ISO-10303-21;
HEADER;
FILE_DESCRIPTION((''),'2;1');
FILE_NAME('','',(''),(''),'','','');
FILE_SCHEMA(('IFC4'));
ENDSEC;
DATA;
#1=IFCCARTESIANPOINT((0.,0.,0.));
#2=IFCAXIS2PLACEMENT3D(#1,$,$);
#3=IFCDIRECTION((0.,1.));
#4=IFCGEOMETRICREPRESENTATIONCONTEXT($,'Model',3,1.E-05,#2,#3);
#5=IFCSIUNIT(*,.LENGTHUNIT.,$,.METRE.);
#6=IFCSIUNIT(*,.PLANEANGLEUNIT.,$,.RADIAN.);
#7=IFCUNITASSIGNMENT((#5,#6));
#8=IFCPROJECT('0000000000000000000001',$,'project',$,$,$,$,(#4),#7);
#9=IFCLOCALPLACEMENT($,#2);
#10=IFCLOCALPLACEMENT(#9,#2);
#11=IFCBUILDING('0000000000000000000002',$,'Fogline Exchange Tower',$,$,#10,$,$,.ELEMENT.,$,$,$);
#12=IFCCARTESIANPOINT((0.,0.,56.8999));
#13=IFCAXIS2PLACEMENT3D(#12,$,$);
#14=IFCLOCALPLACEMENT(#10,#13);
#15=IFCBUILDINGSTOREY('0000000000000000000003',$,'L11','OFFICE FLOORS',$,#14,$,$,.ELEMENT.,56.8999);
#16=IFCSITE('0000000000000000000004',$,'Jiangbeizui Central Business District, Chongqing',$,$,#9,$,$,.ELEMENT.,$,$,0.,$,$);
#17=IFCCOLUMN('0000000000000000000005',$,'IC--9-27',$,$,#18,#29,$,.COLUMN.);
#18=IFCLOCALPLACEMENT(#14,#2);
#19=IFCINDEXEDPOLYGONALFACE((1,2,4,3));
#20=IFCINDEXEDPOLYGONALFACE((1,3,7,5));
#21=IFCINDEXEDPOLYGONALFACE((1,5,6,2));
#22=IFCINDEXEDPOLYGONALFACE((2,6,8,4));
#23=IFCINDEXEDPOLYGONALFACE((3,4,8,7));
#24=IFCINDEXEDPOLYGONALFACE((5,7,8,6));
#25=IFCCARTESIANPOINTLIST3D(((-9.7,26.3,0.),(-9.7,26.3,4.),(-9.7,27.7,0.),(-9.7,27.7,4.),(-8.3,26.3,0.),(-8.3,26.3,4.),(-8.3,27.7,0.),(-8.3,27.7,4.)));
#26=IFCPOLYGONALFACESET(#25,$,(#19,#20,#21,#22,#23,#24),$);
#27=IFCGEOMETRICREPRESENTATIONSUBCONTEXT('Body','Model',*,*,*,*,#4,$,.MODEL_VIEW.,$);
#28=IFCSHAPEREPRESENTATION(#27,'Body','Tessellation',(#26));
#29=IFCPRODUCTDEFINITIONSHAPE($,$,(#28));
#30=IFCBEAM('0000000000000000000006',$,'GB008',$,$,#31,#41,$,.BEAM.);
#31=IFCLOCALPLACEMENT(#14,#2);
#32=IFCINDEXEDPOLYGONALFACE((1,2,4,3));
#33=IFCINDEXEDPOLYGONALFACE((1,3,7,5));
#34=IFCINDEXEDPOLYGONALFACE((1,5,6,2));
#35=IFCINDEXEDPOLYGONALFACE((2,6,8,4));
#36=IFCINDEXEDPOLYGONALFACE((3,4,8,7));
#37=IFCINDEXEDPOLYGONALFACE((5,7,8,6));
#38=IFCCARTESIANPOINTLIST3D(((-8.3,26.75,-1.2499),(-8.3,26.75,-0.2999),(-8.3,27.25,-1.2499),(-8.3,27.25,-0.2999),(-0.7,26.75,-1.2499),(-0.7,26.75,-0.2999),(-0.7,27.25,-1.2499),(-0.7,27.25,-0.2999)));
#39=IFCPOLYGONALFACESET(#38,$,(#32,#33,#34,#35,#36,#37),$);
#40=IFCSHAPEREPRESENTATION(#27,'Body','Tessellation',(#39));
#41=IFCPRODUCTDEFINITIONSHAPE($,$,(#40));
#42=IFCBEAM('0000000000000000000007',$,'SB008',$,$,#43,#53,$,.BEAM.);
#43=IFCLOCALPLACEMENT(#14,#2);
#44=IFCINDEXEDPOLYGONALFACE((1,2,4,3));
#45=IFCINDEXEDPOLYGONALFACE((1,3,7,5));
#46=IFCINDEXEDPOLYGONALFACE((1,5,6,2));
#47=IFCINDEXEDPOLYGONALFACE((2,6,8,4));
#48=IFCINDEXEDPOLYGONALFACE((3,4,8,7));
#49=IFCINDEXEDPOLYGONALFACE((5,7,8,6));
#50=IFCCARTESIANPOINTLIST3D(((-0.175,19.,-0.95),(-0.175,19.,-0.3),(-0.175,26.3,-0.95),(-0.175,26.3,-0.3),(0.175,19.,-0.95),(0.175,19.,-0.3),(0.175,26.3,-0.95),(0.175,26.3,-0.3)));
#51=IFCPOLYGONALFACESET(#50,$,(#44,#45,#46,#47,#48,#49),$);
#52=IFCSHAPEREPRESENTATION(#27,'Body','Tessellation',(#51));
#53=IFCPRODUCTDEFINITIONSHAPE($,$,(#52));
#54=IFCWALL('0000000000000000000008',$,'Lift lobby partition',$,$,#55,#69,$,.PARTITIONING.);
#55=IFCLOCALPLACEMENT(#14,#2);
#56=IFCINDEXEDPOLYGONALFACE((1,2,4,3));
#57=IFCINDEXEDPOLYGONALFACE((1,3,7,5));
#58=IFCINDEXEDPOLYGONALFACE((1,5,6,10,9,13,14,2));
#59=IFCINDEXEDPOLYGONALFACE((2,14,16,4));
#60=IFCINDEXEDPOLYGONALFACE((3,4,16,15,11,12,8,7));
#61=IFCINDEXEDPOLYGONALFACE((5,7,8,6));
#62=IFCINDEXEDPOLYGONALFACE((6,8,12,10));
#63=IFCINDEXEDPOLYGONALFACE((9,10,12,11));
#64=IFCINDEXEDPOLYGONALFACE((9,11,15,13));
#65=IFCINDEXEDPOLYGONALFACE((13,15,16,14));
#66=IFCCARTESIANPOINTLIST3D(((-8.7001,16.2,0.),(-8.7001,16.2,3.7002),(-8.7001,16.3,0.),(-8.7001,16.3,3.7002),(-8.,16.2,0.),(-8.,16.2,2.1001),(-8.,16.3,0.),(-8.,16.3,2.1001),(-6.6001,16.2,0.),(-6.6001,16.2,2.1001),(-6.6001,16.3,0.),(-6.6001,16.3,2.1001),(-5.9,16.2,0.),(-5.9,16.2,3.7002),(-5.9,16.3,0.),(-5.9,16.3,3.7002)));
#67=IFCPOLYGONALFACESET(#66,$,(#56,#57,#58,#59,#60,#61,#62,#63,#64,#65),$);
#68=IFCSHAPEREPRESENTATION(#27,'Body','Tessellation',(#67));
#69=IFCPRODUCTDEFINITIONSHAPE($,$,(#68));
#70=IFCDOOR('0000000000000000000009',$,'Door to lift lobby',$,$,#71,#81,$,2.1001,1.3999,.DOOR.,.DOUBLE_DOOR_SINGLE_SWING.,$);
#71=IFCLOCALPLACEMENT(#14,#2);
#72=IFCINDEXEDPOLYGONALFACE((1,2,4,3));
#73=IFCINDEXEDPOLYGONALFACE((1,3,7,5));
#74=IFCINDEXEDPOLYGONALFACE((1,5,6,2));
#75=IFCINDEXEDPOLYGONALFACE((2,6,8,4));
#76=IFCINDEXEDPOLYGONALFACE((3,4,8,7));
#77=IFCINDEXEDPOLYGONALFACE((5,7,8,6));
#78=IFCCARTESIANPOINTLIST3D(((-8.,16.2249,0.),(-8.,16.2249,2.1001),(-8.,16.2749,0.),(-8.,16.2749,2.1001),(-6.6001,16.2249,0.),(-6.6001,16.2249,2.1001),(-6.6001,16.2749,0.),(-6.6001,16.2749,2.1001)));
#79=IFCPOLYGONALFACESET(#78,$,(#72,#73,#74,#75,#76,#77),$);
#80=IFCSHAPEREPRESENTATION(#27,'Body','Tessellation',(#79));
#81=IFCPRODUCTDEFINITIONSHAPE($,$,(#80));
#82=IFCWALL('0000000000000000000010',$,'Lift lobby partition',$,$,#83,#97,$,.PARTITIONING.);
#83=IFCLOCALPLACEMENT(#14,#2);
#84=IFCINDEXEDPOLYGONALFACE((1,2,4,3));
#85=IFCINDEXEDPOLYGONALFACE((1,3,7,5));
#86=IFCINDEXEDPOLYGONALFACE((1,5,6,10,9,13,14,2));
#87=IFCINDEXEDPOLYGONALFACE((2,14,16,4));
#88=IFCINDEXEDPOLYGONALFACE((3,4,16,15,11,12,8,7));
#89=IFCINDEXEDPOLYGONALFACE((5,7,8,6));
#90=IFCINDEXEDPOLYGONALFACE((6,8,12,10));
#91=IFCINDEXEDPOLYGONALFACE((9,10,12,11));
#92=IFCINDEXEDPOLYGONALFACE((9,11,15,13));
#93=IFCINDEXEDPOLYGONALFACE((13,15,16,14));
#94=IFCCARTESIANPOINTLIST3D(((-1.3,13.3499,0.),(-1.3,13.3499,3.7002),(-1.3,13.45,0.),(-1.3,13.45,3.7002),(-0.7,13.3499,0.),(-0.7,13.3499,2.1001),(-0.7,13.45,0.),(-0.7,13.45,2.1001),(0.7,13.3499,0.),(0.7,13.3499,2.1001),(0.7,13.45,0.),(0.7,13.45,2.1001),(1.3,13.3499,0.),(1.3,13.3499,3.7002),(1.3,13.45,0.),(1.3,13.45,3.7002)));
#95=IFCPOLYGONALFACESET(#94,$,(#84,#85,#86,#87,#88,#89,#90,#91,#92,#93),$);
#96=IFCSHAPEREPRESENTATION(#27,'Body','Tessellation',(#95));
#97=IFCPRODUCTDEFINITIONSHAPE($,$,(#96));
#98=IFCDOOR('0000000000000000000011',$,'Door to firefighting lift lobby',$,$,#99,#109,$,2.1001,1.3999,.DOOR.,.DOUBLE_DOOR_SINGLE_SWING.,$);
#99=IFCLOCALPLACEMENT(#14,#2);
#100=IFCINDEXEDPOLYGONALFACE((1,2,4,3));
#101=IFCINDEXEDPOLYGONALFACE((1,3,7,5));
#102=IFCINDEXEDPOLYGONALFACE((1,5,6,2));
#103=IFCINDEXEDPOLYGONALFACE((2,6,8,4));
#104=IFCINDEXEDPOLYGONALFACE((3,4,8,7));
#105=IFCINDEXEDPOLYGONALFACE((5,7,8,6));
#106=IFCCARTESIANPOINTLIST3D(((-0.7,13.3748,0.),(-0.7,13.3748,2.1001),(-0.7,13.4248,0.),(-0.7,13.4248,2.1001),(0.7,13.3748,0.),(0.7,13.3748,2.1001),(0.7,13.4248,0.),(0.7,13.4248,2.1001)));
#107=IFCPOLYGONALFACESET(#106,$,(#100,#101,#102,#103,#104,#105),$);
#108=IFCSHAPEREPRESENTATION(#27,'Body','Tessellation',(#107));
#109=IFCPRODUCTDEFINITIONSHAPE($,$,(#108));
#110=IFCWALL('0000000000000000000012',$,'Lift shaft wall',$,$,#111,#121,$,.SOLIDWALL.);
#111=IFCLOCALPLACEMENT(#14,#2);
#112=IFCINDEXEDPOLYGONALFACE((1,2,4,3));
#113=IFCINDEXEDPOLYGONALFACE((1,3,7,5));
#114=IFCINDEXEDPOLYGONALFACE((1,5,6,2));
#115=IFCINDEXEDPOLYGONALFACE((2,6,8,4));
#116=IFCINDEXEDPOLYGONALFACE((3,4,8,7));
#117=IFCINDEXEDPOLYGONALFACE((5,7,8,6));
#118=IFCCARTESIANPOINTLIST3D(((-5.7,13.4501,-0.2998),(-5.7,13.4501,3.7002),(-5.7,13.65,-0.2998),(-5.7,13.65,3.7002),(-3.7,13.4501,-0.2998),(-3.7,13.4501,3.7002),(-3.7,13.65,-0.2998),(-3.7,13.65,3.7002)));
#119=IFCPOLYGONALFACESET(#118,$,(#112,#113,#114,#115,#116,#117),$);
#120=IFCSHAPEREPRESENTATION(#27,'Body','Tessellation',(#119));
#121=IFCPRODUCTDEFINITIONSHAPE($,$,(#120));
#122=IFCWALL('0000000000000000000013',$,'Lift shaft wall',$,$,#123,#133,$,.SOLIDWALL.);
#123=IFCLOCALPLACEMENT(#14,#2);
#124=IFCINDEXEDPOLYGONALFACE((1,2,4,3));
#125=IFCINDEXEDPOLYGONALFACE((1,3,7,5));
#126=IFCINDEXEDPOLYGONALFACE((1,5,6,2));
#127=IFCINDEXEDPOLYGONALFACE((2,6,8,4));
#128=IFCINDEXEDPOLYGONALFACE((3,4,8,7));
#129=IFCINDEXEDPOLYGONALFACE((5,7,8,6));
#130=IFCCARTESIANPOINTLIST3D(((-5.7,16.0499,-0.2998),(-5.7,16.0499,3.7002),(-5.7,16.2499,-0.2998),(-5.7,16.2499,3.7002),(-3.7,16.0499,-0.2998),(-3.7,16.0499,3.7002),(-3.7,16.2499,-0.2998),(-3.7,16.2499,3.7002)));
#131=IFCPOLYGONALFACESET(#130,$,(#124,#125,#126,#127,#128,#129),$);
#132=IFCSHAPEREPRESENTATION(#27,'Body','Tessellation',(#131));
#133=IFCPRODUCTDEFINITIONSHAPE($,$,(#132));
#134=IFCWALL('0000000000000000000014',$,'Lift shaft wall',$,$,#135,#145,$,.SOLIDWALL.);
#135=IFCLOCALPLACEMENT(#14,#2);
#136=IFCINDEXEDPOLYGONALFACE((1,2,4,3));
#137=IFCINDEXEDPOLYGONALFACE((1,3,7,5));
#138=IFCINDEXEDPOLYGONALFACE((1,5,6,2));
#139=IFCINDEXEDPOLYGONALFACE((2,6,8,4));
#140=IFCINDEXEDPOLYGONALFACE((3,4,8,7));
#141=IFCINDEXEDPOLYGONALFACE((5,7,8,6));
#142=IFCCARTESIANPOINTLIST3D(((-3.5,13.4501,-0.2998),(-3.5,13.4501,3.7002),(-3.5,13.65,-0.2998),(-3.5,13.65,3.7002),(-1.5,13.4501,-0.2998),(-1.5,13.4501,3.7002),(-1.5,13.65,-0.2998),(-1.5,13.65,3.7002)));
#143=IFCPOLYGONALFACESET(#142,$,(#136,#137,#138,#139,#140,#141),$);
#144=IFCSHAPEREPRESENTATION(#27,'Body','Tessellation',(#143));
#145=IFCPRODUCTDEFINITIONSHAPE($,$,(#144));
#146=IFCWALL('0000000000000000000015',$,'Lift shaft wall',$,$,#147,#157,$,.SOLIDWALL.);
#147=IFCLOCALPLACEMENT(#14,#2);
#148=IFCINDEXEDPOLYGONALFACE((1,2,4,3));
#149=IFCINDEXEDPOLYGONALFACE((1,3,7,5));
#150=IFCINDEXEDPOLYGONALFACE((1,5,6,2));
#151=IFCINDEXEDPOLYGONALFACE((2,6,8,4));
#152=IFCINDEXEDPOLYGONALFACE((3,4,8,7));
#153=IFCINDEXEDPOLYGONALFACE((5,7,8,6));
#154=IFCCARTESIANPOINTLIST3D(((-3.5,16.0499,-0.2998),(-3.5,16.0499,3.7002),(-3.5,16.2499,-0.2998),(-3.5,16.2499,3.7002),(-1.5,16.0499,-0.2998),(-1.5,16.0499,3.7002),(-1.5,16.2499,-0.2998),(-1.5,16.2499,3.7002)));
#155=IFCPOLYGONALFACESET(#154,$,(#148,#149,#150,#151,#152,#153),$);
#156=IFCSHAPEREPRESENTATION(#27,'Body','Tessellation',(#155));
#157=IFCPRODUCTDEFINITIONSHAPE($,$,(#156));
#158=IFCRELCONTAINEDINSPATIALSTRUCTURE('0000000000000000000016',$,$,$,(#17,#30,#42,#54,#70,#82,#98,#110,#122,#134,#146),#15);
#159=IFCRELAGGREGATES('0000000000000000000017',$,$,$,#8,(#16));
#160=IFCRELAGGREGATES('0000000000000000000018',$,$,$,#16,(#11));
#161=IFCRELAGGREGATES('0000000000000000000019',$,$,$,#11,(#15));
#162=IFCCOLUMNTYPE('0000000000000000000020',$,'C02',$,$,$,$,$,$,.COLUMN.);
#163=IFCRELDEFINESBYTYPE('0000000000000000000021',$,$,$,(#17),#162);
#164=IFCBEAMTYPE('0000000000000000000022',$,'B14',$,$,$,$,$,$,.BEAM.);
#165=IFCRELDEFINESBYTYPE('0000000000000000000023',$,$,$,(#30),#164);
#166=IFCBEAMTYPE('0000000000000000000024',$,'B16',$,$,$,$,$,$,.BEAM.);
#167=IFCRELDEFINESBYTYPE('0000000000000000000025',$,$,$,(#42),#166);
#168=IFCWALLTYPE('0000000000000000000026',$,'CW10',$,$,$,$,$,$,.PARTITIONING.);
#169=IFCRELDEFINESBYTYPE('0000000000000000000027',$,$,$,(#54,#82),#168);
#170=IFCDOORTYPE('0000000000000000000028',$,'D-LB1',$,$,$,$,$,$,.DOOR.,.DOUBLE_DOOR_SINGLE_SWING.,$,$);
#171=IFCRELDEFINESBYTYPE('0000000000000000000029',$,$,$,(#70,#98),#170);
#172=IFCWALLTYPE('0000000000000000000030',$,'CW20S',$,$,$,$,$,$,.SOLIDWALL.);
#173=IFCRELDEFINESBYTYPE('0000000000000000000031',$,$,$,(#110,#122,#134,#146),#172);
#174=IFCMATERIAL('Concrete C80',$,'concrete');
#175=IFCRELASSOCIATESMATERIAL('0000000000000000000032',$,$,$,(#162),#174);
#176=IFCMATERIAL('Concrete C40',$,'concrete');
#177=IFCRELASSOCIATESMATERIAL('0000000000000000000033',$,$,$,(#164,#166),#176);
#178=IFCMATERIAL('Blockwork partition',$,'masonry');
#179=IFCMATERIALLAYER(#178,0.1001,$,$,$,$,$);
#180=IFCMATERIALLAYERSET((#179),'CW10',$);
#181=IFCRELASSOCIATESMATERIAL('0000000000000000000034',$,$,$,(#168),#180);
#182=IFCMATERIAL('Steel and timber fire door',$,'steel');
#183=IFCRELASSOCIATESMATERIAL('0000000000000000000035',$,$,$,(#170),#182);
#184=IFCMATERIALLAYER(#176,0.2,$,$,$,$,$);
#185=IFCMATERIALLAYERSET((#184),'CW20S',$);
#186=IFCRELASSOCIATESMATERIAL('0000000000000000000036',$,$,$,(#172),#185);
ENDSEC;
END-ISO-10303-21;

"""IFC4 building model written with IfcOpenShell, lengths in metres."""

from ifc_helpers import new_model, si_unit, direction, frame, frame_2d, origin, origin_2d, place, context, subcontext, project, spatial, rectangle, extrude, material, layer, layer_set, material_profile, profile_set, type_object, element, fill, save


model = new_model("IFC4")

# Units and contexts
model_context = context("Model", 3, precision=1e-05, world=origin(), true_north=direction((0.0, 1.0)))
body_context = subcontext(model_context, "Body", "Model", "MODEL_VIEW")
ifc_project = project(units=[si_unit("LENGTHUNIT", "METRE"), si_unit("PLANEANGLEUNIT", "RADIAN")], contexts=[model_context])

# Site, building, storey
site_placement = place(None, origin())
site = spatial("IfcSite", under=ifc_project, at=site_placement, Name="Jiangbeizui Central Business District, Chongqing", CompositionType="ELEMENT", RefElevation=0.0)
building_placement = place(site_placement, origin())
building = spatial("IfcBuilding", under=site, at=building_placement, Name="Fogline Exchange Tower", CompositionType="ELEMENT")
storey_placement = place(building_placement, frame((0.0, 0.0, 56.8999)))
storey = spatial("IfcBuildingStorey", under=building, at=storey_placement, Name="L11", Description="OFFICE FLOORS", CompositionType="ELEMENT", Elevation=56.8999)

# Column
ifc_material_1 = material(Name="Concrete C80", Category="concrete")
ifc_material_profile_1 = material_profile(ifc_material_1, rectangle(XDim=1.3999, YDim=1.3999, at=origin_2d()), Name="RC 1400x1400")
ifc_profile_set_1 = profile_set([ifc_material_profile_1], Name="Concrete C80")
column_type = type_object("IfcColumnType", Name="C02", PredefinedType="COLUMN", material=ifc_profile_set_1)
column_placement = place(storey_placement, frame((-9.0, 27.0, 0.0), z_axis=(0.0, 0.0, 1.0), x_axis=(1.0, 0.0, 0.0)))
element("IfcColumn", 1, at=column_placement, inside=storey, type_object=column_type, Name="IC--9-27", PredefinedType="COLUMN", context=body_context, shape_type="SweptSolid", body=[
    extrude(rectangle(XDim=1.3999, YDim=1.3999, at=origin_2d()), origin(), (0.0, 0.0, 1.0), 4.0),
])

# Beams
ifc_material_2 = material(Name="Concrete C40", Category="concrete")
ifc_material_profile_2 = material_profile(ifc_material_2, rectangle(XDim=0.5, YDim=0.95, at=origin_2d()), Name="RC 500x950")
ifc_profile_set_2 = profile_set([ifc_material_profile_2], Name="Concrete C40")
beam_type_1 = type_object("IfcBeamType", Name="B14", PredefinedType="BEAM", material=ifc_profile_set_2)
beam_1_placement = place(storey_placement, frame((-8.3, 27.0, -0.7749), z_axis=(1.0, 0.0, 0.0), x_axis=(0.0, 1.0, 0.0)))
element("IfcBeam", 2, at=beam_1_placement, inside=storey, type_object=beam_type_1, Name="GB008", PredefinedType="BEAM", context=body_context, shape_type="SweptSolid", body=[
    extrude(rectangle(XDim=0.5, YDim=0.95, at=origin_2d()), origin(), (0.0, 0.0, 1.0), 7.6001),
])
ifc_material_profile_3 = material_profile(ifc_material_2, rectangle(XDim=0.3501, YDim=0.6499, at=origin_2d()), Name="RC 350x650")
ifc_profile_set_3 = profile_set([ifc_material_profile_3], Name="Concrete C40")
beam_type_2 = type_object("IfcBeamType", Name="B16", PredefinedType="BEAM", material=ifc_profile_set_3)
beam_2_placement = place(storey_placement, frame((0.0, 19.0, -0.625), z_axis=(0.0, 1.0, 0.0), x_axis=(-1.0, 0.0, 0.0)))
element("IfcBeam", 3, at=beam_2_placement, inside=storey, type_object=beam_type_2, Name="SB008", PredefinedType="BEAM", context=body_context, shape_type="SweptSolid", body=[
    extrude(rectangle(XDim=0.3501, YDim=0.6499, at=origin_2d()), origin(), (0.0, 0.0, 1.0), 7.3),
])

# Walls, openings, doors
ifc_material_3 = material(Name="Blockwork partition", Category="masonry")
ifc_layer_1 = layer(ifc_material_3, 0.1001)
ifc_layer_set_1 = layer_set([ifc_layer_1], Name="CW10")
wall_type_1 = type_object("IfcWallType", Name="CW10", PredefinedType="PARTITIONING", material=ifc_layer_set_1)
wall_1_placement = place(storey_placement, frame((-8.7, 16.25, 0.0), z_axis=(0.0, 0.0, 1.0), x_axis=(1.0, 0.0, 0.0)))
wall_1 = element("IfcWall", 4, at=wall_1_placement, inside=storey, type_object=wall_type_1, Name="Lift lobby partition", PredefinedType="PARTITIONING", context=body_context, shape_type="SweptSolid", body=[
    extrude(rectangle(XDim=2.8, YDim=0.1001, at=frame_2d((1.3999, 0.0))), origin(), (0.0, 0.0, 1.0), 3.7002),
])
opening_1_placement = place(wall_1_placement, frame((0.7, 0.0, 0.0)))
opening_1 = element("IfcOpeningElement", 5, at=opening_1_placement, cuts=wall_1, PredefinedType="OPENING", context=body_context, shape_type="SweptSolid", body=[
    extrude(rectangle(XDim=1.3999, YDim=2.1001, at=frame_2d((0.7, 1.05))), frame((0.0, 0.0601, 0.0), z_axis=(0.0, -1.0, 0.0), x_axis=(1.0, 0.0, 0.0)), (0.0, 0.0, 1.0), 0.1201),
])
ifc_material_4 = material(Name="Steel and timber fire door", Category="steel")
door_type_1 = type_object("IfcDoorType", Name="D-LB1", OperationType="DOUBLE_DOOR_SINGLE_SWING", PredefinedType="DOOR", material=ifc_material_4)
door_1_placement = place(opening_1_placement, origin())
door_1 = element("IfcDoor", 6, at=door_1_placement, inside=storey, type_object=door_type_1, Name="Door to lift lobby", OperationType="DOUBLE_DOOR_SINGLE_SWING", OverallHeight=2.1001, OverallWidth=1.3999, PredefinedType="DOOR", context=body_context, shape_type="SweptSolid", body=[
    extrude(rectangle(XDim=1.3999, YDim=2.1001, at=frame_2d((0.7, 1.05))), frame((0.0, 0.0249, 0.0), z_axis=(0.0, -1.0, 0.0), x_axis=(1.0, 0.0, 0.0)), (0.0, 0.0, 1.0), 0.05),
])
fill(opening_1, door_1)
wall_2_placement = place(storey_placement, frame((-1.3, 13.3999, 0.0), z_axis=(0.0, 0.0, 1.0), x_axis=(1.0, 0.0, 0.0)))
wall_2 = element("IfcWall", 7, at=wall_2_placement, inside=storey, type_object=wall_type_1, Name="Lift lobby partition", PredefinedType="PARTITIONING", context=body_context, shape_type="SweptSolid", body=[
    extrude(rectangle(XDim=2.6001, YDim=0.1001, at=frame_2d((1.3, 0.0))), origin(), (0.0, 0.0, 1.0), 3.7002),
])
opening_2_placement = place(wall_2_placement, frame((0.6001, 0.0, 0.0)))
opening_2 = element("IfcOpeningElement", 8, at=opening_2_placement, cuts=wall_2, PredefinedType="OPENING", context=body_context, shape_type="SweptSolid", body=[
    extrude(rectangle(XDim=1.3999, YDim=2.1001, at=frame_2d((0.7, 1.05))), frame((0.0, 0.0601, 0.0), z_axis=(0.0, -1.0, 0.0), x_axis=(1.0, 0.0, 0.0)), (0.0, 0.0, 1.0), 0.1201),
])
door_2_placement = place(opening_2_placement, origin())
door_2 = element("IfcDoor", 9, at=door_2_placement, inside=storey, type_object=door_type_1, Name="Door to firefighting lift lobby", OperationType="DOUBLE_DOOR_SINGLE_SWING", OverallHeight=2.1001, OverallWidth=1.3999, PredefinedType="DOOR", context=body_context, shape_type="SweptSolid", body=[
    extrude(rectangle(XDim=1.3999, YDim=2.1001, at=frame_2d((0.7, 1.05))), frame((0.0, 0.0249, 0.0), z_axis=(0.0, -1.0, 0.0), x_axis=(1.0, 0.0, 0.0)), (0.0, 0.0, 1.0), 0.05),
])
fill(opening_2, door_2)

# Walls
ifc_layer_2 = layer(ifc_material_2, 0.2)
ifc_layer_set_2 = layer_set([ifc_layer_2], Name="CW20S")
wall_type_2 = type_object("IfcWallType", Name="CW20S", PredefinedType="SOLIDWALL", material=ifc_layer_set_2)
for number, where, z_axis, x_axis, name in (
    (10, (-5.7, 13.55, -0.2998), (0.0, 0.0, 1.0), (1.0, 0.0, 0.0), "Lift shaft wall"),
    (11, (-5.7, 16.1499, -0.2998), (0.0, 0.0, 1.0), (1.0, 0.0, 0.0), "Lift shaft wall"),
    (12, (-3.5, 13.55, -0.2998), (0.0, 0.0, 1.0), (1.0, 0.0, 0.0), "Lift shaft wall"),
    (13, (-3.5, 16.1499, -0.2998), (0.0, 0.0, 1.0), (1.0, 0.0, 0.0), "Lift shaft wall"),
):
    element("IfcWall", number, at=place(storey_placement, frame(where, z_axis=z_axis, x_axis=x_axis)), inside=storey, type_object=wall_type_2, Name=name, PredefinedType="SOLIDWALL", context=body_context, shape_type="SweptSolid", body=[
        extrude(rectangle(XDim=2.0, YDim=0.2, at=frame_2d((1.0, 0.0))), origin(), (0.0, 0.0, 1.0), 4.0),
    ])

save(model, "model.ifc")
